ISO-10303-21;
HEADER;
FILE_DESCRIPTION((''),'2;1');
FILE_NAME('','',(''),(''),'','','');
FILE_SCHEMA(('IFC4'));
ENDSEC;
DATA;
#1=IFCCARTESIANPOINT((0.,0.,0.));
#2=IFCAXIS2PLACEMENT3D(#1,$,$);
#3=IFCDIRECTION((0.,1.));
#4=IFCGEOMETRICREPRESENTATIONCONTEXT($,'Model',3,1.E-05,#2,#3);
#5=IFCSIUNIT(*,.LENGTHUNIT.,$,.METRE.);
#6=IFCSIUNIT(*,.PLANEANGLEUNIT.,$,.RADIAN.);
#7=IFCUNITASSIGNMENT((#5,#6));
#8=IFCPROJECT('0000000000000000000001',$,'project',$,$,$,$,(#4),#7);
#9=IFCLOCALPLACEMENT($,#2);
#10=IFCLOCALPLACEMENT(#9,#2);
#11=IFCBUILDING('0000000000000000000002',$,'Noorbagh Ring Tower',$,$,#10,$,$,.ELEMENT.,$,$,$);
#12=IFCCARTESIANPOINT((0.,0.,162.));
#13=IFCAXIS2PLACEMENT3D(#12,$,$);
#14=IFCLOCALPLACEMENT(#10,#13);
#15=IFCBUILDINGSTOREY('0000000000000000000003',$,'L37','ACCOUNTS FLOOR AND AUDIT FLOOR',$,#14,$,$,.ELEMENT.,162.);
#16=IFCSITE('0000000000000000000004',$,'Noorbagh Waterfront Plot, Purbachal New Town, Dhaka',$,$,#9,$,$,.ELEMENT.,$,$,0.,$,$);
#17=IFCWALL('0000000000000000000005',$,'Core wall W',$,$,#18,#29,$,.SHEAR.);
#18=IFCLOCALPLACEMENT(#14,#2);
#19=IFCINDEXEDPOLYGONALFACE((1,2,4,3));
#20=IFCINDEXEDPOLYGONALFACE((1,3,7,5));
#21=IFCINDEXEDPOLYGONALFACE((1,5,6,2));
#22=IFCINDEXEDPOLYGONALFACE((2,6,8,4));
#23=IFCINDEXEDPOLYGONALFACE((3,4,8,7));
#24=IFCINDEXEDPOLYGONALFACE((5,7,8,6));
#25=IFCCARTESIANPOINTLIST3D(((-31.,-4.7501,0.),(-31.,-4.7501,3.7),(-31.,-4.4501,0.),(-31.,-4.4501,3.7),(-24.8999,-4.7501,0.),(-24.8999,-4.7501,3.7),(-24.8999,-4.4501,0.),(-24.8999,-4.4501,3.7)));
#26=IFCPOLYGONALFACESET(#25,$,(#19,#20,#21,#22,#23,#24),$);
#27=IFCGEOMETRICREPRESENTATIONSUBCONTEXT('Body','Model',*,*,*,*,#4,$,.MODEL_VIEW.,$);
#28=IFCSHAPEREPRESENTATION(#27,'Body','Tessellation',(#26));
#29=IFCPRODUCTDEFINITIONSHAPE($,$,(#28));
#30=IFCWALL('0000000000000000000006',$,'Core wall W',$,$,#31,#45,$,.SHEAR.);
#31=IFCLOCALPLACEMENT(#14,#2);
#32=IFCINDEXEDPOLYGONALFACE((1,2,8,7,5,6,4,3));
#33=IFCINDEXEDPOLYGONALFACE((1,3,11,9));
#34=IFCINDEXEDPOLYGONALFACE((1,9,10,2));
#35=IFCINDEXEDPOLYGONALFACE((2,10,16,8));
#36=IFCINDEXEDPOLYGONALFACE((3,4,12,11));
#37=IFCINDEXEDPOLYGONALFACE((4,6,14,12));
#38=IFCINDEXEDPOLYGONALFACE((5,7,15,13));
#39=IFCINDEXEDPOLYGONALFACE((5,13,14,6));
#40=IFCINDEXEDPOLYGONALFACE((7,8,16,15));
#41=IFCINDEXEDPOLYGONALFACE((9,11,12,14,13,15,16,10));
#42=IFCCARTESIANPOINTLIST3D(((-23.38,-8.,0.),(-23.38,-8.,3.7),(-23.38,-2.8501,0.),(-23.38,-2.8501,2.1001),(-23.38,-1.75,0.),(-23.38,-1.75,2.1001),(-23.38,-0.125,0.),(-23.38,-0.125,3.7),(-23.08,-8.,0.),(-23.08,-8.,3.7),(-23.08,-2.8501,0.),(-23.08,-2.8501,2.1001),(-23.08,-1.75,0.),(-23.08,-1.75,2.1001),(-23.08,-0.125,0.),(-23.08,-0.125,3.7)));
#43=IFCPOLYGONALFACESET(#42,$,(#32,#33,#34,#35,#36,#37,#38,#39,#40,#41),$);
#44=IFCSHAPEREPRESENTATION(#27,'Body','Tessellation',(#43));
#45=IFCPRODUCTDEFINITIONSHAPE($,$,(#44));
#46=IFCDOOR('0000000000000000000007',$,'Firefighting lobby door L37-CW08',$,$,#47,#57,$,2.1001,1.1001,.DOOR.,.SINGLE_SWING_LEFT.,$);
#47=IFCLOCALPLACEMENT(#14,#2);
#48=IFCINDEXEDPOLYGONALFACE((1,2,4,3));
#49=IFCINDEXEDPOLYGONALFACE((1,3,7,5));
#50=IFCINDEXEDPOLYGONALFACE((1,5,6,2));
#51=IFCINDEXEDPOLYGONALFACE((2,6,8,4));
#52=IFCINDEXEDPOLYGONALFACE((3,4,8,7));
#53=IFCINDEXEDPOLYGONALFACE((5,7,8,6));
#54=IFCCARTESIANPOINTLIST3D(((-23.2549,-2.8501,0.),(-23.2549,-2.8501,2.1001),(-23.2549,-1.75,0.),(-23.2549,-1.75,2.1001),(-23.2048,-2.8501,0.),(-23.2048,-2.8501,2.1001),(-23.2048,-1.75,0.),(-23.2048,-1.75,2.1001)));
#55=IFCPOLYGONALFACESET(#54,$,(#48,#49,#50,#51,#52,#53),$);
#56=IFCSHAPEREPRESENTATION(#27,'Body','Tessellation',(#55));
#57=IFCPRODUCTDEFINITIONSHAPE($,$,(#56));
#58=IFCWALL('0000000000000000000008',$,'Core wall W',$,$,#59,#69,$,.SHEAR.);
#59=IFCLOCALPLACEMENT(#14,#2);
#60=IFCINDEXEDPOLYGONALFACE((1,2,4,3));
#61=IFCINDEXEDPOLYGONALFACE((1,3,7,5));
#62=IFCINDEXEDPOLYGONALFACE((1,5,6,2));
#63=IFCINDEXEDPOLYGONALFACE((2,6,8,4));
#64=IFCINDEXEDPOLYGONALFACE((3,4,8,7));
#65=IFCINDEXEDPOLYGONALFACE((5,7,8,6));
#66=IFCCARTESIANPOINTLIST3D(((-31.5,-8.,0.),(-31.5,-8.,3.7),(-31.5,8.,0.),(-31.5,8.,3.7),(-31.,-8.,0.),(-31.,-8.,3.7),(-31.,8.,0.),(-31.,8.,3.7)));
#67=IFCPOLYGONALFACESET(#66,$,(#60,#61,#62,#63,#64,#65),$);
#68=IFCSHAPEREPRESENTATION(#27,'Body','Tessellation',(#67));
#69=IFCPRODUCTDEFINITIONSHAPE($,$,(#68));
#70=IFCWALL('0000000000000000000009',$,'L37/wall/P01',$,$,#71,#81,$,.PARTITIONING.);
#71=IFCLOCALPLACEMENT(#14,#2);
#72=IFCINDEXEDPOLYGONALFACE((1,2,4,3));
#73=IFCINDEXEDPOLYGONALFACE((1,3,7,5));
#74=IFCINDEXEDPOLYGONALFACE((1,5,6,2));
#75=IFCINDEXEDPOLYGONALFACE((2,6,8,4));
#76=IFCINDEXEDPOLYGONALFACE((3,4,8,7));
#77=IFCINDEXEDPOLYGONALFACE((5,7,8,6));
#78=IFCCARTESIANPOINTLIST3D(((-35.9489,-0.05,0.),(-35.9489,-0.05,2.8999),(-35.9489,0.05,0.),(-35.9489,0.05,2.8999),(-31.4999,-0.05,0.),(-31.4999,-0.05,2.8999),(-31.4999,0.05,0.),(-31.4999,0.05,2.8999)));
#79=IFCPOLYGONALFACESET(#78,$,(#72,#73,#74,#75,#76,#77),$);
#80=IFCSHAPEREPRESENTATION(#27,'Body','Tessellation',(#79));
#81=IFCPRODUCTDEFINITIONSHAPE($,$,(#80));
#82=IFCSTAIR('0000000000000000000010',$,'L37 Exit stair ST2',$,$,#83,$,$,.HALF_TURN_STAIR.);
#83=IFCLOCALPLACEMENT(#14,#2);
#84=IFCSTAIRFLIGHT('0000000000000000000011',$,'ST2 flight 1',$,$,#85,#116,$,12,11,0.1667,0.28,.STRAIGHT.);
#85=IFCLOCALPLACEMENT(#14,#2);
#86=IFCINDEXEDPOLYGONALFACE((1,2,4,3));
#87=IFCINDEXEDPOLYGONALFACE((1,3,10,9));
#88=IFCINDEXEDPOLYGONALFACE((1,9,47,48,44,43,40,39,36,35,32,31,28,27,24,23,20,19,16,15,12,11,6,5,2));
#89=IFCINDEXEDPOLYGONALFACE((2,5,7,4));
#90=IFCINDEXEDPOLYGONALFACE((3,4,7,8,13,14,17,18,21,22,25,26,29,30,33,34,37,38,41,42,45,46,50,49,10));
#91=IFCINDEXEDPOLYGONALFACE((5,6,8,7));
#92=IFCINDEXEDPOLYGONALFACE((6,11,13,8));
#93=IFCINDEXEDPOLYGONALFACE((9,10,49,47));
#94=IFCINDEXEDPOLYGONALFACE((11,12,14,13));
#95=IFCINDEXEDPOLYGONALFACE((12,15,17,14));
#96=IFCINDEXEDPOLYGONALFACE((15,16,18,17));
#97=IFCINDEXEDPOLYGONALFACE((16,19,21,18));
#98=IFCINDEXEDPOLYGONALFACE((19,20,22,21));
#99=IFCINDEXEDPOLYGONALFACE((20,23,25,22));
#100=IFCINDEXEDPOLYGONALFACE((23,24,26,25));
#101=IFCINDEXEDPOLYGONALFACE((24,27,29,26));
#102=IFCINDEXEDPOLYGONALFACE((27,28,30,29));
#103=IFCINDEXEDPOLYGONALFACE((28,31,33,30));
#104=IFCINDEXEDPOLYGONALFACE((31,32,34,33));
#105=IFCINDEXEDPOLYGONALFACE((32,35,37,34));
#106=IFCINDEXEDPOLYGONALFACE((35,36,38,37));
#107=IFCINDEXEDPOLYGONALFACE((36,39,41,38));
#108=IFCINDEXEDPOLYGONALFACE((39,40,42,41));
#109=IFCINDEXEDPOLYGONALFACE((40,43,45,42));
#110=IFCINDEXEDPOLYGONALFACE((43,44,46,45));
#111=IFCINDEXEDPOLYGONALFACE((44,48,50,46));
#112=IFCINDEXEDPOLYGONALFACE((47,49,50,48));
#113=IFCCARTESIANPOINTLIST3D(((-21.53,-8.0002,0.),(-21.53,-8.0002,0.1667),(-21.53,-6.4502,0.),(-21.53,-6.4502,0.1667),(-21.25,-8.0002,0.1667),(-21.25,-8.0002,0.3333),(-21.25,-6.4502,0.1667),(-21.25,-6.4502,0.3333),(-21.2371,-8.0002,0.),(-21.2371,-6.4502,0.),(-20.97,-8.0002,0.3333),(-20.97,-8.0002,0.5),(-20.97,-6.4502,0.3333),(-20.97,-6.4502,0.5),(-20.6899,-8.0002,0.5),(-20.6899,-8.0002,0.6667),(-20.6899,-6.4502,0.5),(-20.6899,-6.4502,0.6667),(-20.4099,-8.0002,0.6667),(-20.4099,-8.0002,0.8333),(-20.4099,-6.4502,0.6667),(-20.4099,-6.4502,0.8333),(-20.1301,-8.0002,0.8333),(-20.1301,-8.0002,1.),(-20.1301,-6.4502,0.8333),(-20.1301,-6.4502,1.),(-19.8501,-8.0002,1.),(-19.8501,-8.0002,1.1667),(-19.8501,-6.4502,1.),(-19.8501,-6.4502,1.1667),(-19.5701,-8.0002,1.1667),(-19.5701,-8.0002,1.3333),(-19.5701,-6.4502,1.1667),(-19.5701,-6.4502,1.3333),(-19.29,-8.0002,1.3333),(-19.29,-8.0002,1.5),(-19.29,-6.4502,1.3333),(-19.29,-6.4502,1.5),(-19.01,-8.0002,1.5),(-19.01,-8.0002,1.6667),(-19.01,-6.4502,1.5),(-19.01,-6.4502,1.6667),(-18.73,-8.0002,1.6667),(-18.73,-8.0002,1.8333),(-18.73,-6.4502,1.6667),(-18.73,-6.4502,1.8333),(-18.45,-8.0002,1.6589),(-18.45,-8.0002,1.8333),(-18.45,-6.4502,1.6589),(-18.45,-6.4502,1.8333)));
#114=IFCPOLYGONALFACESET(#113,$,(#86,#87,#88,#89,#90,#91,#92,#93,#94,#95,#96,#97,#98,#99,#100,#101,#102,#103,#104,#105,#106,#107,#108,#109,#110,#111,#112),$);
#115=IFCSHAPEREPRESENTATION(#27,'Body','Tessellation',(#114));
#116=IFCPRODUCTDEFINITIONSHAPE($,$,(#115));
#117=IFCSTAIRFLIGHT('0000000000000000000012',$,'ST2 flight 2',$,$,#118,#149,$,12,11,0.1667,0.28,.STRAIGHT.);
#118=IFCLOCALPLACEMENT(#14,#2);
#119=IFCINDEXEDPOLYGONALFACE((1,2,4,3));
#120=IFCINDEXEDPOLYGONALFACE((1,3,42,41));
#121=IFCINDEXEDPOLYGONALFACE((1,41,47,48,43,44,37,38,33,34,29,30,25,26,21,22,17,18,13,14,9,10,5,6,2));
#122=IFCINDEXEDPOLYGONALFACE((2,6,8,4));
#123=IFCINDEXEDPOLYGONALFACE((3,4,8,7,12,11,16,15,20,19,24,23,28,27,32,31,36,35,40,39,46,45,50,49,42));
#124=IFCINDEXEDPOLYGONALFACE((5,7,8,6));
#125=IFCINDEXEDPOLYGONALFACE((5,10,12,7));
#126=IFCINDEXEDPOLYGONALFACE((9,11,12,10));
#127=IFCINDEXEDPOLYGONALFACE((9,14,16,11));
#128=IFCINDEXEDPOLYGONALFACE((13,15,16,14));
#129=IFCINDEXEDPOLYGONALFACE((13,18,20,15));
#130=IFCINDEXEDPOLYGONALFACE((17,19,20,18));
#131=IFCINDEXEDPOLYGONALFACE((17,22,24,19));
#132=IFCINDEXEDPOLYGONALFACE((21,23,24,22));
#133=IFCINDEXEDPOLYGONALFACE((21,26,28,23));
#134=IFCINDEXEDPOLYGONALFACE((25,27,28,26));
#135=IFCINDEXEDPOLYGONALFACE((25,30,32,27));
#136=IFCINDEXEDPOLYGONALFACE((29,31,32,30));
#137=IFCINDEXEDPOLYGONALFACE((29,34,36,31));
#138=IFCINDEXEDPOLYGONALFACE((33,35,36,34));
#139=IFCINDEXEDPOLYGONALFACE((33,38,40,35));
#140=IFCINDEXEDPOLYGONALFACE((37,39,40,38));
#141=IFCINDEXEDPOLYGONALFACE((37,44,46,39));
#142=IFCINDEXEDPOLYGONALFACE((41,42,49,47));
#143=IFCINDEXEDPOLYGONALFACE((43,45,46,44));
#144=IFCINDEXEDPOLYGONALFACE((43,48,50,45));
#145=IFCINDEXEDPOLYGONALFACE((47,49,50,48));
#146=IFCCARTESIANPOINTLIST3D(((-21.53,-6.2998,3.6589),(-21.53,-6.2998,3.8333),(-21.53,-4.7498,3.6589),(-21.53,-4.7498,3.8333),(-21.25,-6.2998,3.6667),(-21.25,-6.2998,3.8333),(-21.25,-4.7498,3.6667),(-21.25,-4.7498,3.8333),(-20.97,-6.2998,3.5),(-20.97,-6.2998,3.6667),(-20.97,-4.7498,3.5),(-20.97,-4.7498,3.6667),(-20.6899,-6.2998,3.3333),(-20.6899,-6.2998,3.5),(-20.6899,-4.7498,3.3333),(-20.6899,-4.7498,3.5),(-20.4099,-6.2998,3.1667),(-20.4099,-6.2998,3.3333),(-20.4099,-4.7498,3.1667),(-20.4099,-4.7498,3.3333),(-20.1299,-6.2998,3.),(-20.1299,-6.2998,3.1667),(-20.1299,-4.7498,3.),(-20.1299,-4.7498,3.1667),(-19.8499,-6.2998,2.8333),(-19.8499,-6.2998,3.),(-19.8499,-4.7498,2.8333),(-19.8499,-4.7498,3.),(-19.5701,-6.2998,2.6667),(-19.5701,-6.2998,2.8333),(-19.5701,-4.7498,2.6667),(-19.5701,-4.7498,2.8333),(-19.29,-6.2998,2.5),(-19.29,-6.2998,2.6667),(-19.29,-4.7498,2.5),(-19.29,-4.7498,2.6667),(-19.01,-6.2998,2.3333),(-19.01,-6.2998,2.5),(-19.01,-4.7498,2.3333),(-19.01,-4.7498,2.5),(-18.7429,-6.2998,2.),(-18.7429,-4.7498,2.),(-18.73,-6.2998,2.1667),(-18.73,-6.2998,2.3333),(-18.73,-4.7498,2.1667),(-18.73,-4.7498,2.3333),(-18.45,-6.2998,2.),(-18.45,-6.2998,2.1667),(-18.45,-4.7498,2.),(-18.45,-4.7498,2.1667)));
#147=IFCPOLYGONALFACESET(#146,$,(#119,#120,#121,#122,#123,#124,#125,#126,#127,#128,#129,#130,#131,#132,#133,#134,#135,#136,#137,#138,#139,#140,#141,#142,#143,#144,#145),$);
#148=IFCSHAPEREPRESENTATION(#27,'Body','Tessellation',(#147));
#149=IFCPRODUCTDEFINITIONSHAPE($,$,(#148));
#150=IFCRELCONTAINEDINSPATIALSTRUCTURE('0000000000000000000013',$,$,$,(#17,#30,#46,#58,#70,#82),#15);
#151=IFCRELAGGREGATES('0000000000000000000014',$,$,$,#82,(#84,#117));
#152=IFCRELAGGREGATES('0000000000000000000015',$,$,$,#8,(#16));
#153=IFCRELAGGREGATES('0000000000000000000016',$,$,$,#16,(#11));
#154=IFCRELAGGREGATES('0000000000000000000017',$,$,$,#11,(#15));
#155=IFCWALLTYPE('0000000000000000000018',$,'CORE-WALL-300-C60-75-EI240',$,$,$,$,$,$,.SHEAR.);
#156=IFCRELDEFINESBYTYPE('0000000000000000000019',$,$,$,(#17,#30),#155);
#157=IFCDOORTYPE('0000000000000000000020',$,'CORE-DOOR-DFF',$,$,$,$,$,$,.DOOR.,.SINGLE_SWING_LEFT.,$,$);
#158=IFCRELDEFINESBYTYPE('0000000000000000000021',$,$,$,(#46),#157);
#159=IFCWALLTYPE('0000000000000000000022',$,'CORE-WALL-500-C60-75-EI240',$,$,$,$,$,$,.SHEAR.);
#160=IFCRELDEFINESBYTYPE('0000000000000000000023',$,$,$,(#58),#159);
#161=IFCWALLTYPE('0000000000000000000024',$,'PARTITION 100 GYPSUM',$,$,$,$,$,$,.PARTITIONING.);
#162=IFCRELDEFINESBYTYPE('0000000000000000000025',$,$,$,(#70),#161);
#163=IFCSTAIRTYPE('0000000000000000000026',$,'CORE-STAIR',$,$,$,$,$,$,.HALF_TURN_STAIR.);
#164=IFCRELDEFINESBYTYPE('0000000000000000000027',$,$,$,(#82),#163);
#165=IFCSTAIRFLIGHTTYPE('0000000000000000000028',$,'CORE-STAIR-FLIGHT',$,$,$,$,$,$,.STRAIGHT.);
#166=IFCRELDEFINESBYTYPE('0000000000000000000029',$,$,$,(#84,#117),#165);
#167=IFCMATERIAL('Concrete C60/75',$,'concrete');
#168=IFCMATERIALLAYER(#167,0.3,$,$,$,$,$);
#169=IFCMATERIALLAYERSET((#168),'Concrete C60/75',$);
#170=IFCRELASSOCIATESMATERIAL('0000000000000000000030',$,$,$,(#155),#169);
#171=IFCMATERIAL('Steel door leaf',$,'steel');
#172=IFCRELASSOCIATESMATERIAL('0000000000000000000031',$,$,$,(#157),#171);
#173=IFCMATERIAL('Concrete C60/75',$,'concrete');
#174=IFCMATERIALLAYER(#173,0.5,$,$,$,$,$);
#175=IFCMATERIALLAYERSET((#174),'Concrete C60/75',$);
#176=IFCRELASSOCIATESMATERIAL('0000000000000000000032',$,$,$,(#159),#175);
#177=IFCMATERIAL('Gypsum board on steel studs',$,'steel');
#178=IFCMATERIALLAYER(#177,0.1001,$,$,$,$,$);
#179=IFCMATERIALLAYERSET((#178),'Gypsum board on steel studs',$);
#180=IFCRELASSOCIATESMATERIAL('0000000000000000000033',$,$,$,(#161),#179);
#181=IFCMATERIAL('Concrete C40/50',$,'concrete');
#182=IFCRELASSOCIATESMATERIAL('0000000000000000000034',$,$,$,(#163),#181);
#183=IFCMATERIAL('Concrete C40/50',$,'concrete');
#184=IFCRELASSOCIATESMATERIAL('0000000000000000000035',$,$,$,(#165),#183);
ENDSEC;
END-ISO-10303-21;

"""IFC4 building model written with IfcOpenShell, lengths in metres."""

from ifc_helpers import new_model, si_unit, direction, frame, frame_2d, origin, place, context, subcontext, project, spatial, polyline, rectangle, outline, extrude, material, layer, layer_set, type_object, element, fill, aggregate, save


model = new_model("IFC4")

# Units and contexts
model_context = context("Model", 3, precision=1e-05, world=origin(), true_north=direction((0.0, 1.0)))
body_context = subcontext(model_context, "Body", "Model", "MODEL_VIEW")
ifc_project = project(units=[si_unit("LENGTHUNIT", "METRE"), si_unit("PLANEANGLEUNIT", "RADIAN")], contexts=[model_context])

# Site, building, storey
site_placement = place(None, origin())
site = spatial("IfcSite", under=ifc_project, at=site_placement, Name="Noorbagh Waterfront Plot, Purbachal New Town, Dhaka", CompositionType="ELEMENT", RefElevation=0.0)
building_placement = place(site_placement, origin())
building = spatial("IfcBuilding", under=site, at=building_placement, Name="Noorbagh Ring Tower", CompositionType="ELEMENT")
storey_placement = place(building_placement, frame((0.0, 0.0, 162.0)))
storey = spatial("IfcBuildingStorey", under=building, at=storey_placement, Name="L37", Description="ACCOUNTS FLOOR AND AUDIT FLOOR", CompositionType="ELEMENT", Elevation=162.0)

# Wall
ifc_material_1 = material(Name="Concrete C60/75", Category="concrete")
ifc_layer_1 = layer(ifc_material_1, 0.3)
ifc_layer_set_1 = layer_set([ifc_layer_1], Name="Concrete C60/75")
wall_type_1 = type_object("IfcWallType", Name="CORE-WALL-300-C60-75-EI240", PredefinedType="SHEAR", material=ifc_layer_set_1)
wall_1_placement = place(storey_placement, frame((-24.8999, -4.6001, 0.0), z_axis=(0.0, 0.0, 1.0), x_axis=(-1.0, 0.0, 0.0)))
element("IfcWall", 1, at=wall_1_placement, inside=storey, type_object=wall_type_1, Name="Core wall W", PredefinedType="SHEAR", context=body_context, shape_type="SweptSolid", body=[
    extrude(rectangle(XDim=6.1001, YDim=0.3, at=frame_2d((3.05, 0.0))), origin(), (0.0, 0.0, 1.0), 3.7),
])

# Wall, opening, door
wall_2_placement = place(storey_placement, frame((-23.23, -8.0, 0.0), z_axis=(0.0, 0.0, 1.0), x_axis=(0.0, 1.0, 0.0)))
wall_2 = element("IfcWall", 2, at=wall_2_placement, inside=storey, type_object=wall_type_1, Name="Core wall W", PredefinedType="SHEAR", context=body_context, shape_type="SweptSolid", body=[
    extrude(rectangle(XDim=7.875, YDim=0.3, at=frame_2d((3.9375, 0.0))), origin(), (0.0, 0.0, 1.0), 3.7),
])
opening_1_placement = place(wall_2_placement, frame((5.1499, 0.0, 0.0)))
opening_1 = element("IfcOpeningElement", 3, at=opening_1_placement, cuts=wall_2, PredefinedType="OPENING", context=body_context, shape_type="SweptSolid", body=[
    extrude(rectangle(XDim=1.1001, YDim=2.1001, at=frame_2d((0.55, 1.05))), frame((0.0, 0.1602, 0.0), z_axis=(0.0, -1.0, 0.0), x_axis=(1.0, 0.0, 0.0)), (0.0, 0.0, 1.0), 0.3201),
])
ifc_material_2 = material(Name="Steel door leaf", Category="steel")
door_type_1 = type_object("IfcDoorType", Name="CORE-DOOR-DFF", OperationType="SINGLE_SWING_LEFT", PredefinedType="DOOR", material=ifc_material_2)
door_1_placement = place(opening_1_placement, origin())
door_1 = element("IfcDoor", 4, at=door_1_placement, inside=storey, type_object=door_type_1, Name="Firefighting lobby door L37-CW08", OperationType="SINGLE_SWING_LEFT", OverallHeight=2.1001, OverallWidth=1.1001, PredefinedType="DOOR", context=body_context, shape_type="SweptSolid", body=[
    extrude(rectangle(XDim=1.1001, YDim=2.1001, at=frame_2d((0.55, 1.05))), frame((0.0, 0.0249, 0.0), z_axis=(0.0, -1.0, 0.0), x_axis=(1.0, 0.0, 0.0)), (0.0, 0.0, 1.0), 0.05),
])
fill(opening_1, door_1)

# Walls
ifc_material_3 = material(Name="Concrete C60/75", Category="concrete")
ifc_layer_2 = layer(ifc_material_3, 0.5)
ifc_layer_set_2 = layer_set([ifc_layer_2], Name="Concrete C60/75")
wall_type_2 = type_object("IfcWallType", Name="CORE-WALL-500-C60-75-EI240", PredefinedType="SHEAR", material=ifc_layer_set_2)
wall_3_placement = place(storey_placement, frame((-31.25, -8.0, 0.0), z_axis=(0.0, 0.0, 1.0), x_axis=(0.0, 1.0, 0.0)))
element("IfcWall", 5, at=wall_3_placement, inside=storey, type_object=wall_type_2, Name="Core wall W", PredefinedType="SHEAR", context=body_context, shape_type="SweptSolid", body=[
    extrude(rectangle(XDim=16.0, YDim=0.5, at=frame_2d((8.0, 0.0))), origin(), (0.0, 0.0, 1.0), 3.7),
])
ifc_material_4 = material(Name="Gypsum board on steel studs", Category="steel")
ifc_layer_3 = layer(ifc_material_4, 0.1001)
ifc_layer_set_3 = layer_set([ifc_layer_3], Name="Gypsum board on steel studs")
wall_type_3 = type_object("IfcWallType", Name="PARTITION 100 GYPSUM", PredefinedType="PARTITIONING", material=ifc_layer_set_3)
wall_4_placement = place(storey_placement, frame((-35.949, 0.0, 0.0), z_axis=(0.0, 0.0, 1.0), x_axis=(1.0, 0.0, 0.0)))
element("IfcWall", 6, at=wall_4_placement, inside=storey, type_object=wall_type_3, Name="L37/wall/P01", PredefinedType="PARTITIONING", context=body_context, shape_type="SweptSolid", body=[
    extrude(rectangle(XDim=4.449, YDim=0.1001, at=frame_2d((2.2246, 0.0))), origin(), (0.0, 0.0, 1.0), 2.8999),
])

# Stair, stair flights
ifc_material_5 = material(Name="Concrete C40/50", Category="concrete")
stair_type = type_object("IfcStairType", Name="CORE-STAIR", PredefinedType="HALF_TURN_STAIR", material=ifc_material_5)
stair_placement = place(storey_placement, origin())
stair = element("IfcStair", 7, at=stair_placement, inside=storey, type_object=stair_type, Name="L37 Exit stair ST2", PredefinedType="HALF_TURN_STAIR")
ifc_material_6 = material(Name="Concrete C40/50", Category="concrete")
stair_flight_type = type_object("IfcStairFlightType", Name="CORE-STAIR-FLIGHT", PredefinedType="STRAIGHT", material=ifc_material_6)
stair_flight_1_placement = place(storey_placement, frame((-21.53, -7.2251, 0.0), z_axis=(0.0, 0.0, 1.0), x_axis=(1.0, 0.0, 0.0)))
stair_flight_1 = element("IfcStairFlight", 8, at=stair_flight_1_placement, type_object=stair_flight_type, Name="ST2 flight 1", NumberOfRisers=12, NumberOfTreads=11, PredefinedType="STRAIGHT", RiserHeight=0.1667, TreadLength=0.28, context=body_context, shape_type="SweptSolid", body=[
    extrude(outline(polyline([(0.0, 0.0), (0.0, 0.1667), (0.28, 0.1667), (0.28, 0.3333), (0.5601, 0.3333), (0.5601, 0.5), (0.8401, 0.5), (0.8401, 0.6667), (1.1201, 0.6667), (1.1201, 0.8333), (1.3999, 0.8333), (1.3999, 1.0), (1.6799, 1.0), (1.6799, 1.1667), (1.96, 1.1667), (1.96, 1.3333), (2.24, 1.3333), (2.24, 1.5), (2.52, 1.5), (2.52, 1.6667), (2.8, 1.6667), (2.8, 1.8333), (3.0801, 1.8333), (3.0801, 2.0), (3.0801, 1.6589), (0.293, 0.0), (0.0, 0.0)])), frame((0.0, 0.7749, 0.0), z_axis=(0.0, -1.0, 0.0), x_axis=(1.0, 0.0, 0.0)), (0.0, 0.0, 1.0), 1.55),
])
stair_flight_2_placement = place(storey_placement, frame((-18.45, -5.5249, 2.0), z_axis=(0.0, 0.0, 1.0), x_axis=(-1.0, 0.0, 0.0)))
stair_flight_2 = element("IfcStairFlight", 9, at=stair_flight_2_placement, type_object=stair_flight_type, Name="ST2 flight 2", NumberOfRisers=12, NumberOfTreads=11, PredefinedType="STRAIGHT", RiserHeight=0.1667, TreadLength=0.28, context=body_context, shape_type="SweptSolid", body=[
    extrude(outline(polyline([(0.0, 0.0), (0.0, 0.1667), (0.28, 0.1667), (0.28, 0.3333), (0.5601, 0.3333), (0.5601, 0.5), (0.8401, 0.5), (0.8401, 0.6667), (1.1201, 0.6667), (1.1201, 0.8333), (1.3999, 0.8333), (1.3999, 1.0), (1.6799, 1.0), (1.6799, 1.1667), (1.96, 1.1667), (1.96, 1.3333), (2.24, 1.3333), (2.24, 1.5), (2.52, 1.5), (2.52, 1.6667), (2.8, 1.6667), (2.8, 1.8333), (3.0801, 1.8333), (3.0801, 2.0), (3.0801, 1.6589), (0.293, 0.0), (0.0, 0.0)])), frame((0.0, 0.7749, 0.0), z_axis=(0.0, -1.0, 0.0), x_axis=(1.0, 0.0, 0.0)), (0.0, 0.0, 1.0), 1.55),
])
aggregate(stair, [stair_flight_1, stair_flight_2])

save(model, "model.ifc")
